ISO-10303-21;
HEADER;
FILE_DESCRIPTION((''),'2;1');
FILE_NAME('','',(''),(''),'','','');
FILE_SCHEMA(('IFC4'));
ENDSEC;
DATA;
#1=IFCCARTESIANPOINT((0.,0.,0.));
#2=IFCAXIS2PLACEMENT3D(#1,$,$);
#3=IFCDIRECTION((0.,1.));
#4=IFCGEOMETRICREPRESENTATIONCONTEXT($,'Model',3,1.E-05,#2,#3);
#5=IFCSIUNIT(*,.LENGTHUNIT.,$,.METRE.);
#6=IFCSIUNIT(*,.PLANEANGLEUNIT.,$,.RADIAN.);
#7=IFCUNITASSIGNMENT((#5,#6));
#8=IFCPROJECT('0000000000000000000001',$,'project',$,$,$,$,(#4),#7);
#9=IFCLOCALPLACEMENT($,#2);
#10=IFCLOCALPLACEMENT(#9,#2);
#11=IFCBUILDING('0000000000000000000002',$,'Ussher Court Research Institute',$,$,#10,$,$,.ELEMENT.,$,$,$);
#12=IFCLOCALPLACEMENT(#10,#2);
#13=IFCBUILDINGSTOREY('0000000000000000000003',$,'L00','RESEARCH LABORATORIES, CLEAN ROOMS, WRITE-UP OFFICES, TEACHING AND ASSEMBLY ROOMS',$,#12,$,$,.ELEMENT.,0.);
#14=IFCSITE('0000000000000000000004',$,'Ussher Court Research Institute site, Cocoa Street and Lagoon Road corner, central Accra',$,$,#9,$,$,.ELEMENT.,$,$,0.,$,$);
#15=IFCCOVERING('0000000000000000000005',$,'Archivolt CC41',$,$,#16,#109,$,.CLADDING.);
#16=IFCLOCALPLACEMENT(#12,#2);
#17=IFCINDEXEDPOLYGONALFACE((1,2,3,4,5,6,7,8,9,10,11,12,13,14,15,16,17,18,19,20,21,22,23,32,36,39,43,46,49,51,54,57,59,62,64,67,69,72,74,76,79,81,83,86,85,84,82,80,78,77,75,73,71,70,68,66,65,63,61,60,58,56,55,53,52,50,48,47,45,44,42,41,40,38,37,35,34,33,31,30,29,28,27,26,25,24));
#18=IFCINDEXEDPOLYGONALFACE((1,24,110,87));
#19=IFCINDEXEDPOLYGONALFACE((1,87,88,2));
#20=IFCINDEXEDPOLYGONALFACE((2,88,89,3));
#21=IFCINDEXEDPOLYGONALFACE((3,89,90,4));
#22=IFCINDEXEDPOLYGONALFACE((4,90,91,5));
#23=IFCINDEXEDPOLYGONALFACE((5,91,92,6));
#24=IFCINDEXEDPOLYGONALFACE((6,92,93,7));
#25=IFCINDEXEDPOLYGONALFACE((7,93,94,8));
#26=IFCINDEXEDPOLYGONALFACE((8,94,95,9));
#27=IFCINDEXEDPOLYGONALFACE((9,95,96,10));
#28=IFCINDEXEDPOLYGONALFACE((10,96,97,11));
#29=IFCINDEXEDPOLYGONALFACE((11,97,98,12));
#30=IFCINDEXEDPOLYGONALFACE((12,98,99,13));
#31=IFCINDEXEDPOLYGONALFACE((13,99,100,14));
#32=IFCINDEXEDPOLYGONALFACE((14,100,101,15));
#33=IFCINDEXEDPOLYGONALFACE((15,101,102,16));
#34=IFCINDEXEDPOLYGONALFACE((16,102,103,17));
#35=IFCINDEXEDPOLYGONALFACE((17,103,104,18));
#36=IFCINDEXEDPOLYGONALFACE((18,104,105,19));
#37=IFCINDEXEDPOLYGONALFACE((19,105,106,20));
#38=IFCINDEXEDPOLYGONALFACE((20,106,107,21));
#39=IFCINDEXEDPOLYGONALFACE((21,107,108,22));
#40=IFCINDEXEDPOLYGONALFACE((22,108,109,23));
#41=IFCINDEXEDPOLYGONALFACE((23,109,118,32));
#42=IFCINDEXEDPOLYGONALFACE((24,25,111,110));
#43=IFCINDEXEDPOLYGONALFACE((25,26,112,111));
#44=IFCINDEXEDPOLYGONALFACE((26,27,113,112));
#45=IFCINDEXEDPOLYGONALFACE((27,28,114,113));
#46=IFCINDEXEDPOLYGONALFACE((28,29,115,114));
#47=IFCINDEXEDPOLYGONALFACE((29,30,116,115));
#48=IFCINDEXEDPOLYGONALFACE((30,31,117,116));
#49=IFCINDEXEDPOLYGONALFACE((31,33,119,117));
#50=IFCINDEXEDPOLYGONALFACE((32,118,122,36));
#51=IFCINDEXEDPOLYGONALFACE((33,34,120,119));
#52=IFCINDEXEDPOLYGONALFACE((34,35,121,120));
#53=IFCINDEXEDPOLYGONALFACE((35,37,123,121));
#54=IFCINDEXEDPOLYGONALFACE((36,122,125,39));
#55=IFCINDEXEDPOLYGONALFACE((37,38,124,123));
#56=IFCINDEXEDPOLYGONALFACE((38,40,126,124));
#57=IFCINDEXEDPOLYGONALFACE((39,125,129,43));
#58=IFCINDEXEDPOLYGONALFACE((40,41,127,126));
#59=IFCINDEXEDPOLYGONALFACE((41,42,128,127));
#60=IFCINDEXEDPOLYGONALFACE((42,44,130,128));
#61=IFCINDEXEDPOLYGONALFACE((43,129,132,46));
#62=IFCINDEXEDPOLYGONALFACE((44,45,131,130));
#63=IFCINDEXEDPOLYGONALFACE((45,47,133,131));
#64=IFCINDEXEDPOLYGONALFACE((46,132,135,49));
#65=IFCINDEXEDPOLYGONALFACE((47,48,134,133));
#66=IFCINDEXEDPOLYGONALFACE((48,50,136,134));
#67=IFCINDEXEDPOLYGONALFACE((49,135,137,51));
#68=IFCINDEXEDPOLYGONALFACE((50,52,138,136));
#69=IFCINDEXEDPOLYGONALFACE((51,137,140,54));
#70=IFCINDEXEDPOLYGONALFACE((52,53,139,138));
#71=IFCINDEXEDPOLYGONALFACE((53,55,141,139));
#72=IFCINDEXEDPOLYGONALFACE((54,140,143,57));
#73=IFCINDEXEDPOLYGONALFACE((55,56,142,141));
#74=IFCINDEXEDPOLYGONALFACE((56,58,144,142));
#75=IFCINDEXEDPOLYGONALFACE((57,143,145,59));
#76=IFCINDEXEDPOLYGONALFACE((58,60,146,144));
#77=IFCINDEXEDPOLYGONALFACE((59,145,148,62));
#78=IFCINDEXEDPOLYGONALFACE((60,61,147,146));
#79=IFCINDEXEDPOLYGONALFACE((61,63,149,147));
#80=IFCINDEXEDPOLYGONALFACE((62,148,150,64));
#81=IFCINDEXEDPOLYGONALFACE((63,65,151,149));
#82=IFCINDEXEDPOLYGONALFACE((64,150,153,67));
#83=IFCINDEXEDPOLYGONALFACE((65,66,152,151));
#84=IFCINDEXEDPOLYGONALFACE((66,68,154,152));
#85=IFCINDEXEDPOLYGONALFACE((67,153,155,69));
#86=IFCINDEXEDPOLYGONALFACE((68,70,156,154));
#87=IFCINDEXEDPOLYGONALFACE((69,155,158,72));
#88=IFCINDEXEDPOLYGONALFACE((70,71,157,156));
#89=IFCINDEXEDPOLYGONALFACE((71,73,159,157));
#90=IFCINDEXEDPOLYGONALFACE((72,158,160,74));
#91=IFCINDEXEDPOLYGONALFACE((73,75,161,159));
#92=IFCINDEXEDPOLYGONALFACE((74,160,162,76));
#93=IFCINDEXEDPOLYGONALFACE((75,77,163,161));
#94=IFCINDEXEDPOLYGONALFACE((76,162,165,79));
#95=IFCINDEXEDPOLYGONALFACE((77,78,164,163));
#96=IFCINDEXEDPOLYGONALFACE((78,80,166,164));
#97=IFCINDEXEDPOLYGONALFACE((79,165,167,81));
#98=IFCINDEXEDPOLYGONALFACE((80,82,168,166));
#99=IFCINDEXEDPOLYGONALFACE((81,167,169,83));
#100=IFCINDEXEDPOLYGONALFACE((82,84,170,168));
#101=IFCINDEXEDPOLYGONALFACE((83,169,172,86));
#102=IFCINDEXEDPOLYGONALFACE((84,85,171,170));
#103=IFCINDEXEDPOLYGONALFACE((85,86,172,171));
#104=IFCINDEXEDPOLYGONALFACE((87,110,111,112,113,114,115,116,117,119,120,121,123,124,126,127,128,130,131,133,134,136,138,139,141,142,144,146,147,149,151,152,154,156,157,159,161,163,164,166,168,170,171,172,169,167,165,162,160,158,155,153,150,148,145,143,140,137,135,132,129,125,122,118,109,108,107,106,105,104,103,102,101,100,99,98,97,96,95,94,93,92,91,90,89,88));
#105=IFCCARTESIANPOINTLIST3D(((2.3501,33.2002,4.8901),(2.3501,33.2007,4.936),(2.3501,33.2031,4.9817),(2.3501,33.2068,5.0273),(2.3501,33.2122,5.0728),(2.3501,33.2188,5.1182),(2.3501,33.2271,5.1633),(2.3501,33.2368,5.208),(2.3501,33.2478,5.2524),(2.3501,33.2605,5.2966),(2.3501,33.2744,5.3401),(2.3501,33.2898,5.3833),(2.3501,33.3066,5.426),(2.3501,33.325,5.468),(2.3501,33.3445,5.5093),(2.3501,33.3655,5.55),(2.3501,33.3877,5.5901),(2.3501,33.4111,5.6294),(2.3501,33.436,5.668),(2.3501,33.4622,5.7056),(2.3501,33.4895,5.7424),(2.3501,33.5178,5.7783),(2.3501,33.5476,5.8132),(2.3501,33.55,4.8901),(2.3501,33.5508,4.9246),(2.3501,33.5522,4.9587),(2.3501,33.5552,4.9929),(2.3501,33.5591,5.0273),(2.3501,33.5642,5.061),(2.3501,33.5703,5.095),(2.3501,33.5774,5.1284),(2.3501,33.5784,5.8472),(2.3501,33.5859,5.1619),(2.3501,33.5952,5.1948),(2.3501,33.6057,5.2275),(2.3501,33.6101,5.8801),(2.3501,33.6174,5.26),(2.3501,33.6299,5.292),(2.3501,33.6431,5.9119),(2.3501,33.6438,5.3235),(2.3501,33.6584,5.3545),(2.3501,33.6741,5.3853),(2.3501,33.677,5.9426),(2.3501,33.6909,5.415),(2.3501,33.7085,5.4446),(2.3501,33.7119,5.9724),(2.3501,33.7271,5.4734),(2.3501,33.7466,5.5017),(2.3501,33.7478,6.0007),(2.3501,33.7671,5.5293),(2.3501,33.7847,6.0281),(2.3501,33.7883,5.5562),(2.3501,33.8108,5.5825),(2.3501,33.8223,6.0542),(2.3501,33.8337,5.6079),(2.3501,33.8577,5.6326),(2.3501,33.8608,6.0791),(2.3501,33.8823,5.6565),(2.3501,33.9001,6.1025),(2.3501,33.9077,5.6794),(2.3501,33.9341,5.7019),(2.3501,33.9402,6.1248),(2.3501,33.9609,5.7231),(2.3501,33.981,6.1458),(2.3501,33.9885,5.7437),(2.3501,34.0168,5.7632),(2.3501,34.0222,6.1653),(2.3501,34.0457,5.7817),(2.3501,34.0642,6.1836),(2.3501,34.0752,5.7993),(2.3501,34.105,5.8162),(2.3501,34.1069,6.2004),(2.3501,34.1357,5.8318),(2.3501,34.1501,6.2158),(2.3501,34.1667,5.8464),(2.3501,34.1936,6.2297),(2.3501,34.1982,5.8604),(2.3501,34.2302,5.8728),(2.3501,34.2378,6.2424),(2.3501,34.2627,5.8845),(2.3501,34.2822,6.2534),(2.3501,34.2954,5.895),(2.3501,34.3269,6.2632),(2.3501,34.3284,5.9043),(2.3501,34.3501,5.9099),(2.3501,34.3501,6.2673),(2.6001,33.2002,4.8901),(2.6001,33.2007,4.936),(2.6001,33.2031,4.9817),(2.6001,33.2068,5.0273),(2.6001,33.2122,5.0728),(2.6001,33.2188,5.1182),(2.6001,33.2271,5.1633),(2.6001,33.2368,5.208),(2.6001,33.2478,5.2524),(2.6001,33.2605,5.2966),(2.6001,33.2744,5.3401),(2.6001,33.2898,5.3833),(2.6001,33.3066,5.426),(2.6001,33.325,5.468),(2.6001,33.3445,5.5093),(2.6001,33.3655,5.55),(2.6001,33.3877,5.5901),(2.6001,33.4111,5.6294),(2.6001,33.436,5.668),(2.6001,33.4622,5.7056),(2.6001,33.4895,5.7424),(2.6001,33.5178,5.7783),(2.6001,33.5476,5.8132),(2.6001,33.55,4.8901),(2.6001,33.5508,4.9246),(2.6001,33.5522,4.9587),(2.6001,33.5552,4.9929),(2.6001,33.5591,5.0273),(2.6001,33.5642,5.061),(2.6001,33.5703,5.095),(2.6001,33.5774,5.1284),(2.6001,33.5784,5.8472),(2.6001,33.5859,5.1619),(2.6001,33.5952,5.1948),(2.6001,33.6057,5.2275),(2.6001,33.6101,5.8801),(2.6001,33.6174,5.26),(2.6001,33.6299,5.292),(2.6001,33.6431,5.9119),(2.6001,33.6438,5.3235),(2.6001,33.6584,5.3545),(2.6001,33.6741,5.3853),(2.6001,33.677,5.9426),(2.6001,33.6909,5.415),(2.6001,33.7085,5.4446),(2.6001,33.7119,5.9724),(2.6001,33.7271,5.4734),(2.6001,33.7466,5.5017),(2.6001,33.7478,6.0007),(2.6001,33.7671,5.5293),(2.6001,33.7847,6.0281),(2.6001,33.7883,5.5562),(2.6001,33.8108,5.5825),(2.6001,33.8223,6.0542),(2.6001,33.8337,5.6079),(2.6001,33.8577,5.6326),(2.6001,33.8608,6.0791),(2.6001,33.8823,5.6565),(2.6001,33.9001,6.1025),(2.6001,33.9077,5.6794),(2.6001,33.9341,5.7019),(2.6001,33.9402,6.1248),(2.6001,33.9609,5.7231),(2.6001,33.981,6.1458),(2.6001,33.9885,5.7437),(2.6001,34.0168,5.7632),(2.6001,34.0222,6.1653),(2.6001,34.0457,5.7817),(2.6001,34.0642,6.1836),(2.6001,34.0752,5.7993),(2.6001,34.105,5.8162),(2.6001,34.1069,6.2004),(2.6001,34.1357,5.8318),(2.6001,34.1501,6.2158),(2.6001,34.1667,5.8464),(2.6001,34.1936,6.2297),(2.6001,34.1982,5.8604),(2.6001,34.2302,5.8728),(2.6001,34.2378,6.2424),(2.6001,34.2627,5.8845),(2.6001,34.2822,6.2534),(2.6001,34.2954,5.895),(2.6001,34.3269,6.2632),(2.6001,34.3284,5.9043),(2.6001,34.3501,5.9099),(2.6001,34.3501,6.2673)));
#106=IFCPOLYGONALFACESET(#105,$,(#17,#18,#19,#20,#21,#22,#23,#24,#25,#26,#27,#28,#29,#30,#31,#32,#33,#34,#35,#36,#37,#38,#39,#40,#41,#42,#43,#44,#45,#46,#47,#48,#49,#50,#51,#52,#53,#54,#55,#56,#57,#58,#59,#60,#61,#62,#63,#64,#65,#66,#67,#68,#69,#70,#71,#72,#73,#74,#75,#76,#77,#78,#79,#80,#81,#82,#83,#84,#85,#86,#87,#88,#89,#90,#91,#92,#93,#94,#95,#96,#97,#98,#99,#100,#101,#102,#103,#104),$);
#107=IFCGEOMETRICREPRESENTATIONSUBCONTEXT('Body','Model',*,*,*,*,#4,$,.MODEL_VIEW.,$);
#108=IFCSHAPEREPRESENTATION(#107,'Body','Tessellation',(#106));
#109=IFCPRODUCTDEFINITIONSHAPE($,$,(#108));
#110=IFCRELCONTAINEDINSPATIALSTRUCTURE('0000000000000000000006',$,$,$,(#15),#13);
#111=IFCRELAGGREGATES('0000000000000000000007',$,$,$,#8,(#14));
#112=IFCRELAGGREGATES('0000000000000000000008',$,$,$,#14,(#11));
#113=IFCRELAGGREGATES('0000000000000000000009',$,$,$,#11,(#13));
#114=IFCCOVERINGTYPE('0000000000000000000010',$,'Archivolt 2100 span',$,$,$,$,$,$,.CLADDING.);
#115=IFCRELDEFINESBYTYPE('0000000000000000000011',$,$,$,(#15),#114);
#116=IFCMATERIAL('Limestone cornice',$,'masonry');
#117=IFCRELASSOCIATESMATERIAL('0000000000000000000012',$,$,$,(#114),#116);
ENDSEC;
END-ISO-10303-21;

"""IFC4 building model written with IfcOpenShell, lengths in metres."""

from ifc_helpers import new_model, si_unit, direction, frame, origin, place, context, subcontext, project, spatial, polyline, outline, extrude, material, type_object, element, save


model = new_model("IFC4")

# Units and contexts
model_context = context("Model", 3, precision=1e-05, world=origin(), true_north=direction((0.0, 1.0)))
body_context = subcontext(model_context, "Body", "Model", "MODEL_VIEW")
ifc_project = project(units=[si_unit("LENGTHUNIT", "METRE"), si_unit("PLANEANGLEUNIT", "RADIAN")], contexts=[model_context])

# Site, building, storey
site_placement = place(None, origin())
site = spatial("IfcSite", under=ifc_project, at=site_placement, Name="Ussher Court Research Institute site, Cocoa Street and Lagoon Road corner, central Accra", CompositionType="ELEMENT", RefElevation=0.0)
building_placement = place(site_placement, origin())
building = spatial("IfcBuilding", under=site, at=building_placement, Name="Ussher Court Research Institute", CompositionType="ELEMENT")
storey_placement = place(building_placement, origin())
storey = spatial("IfcBuildingStorey", under=building, at=storey_placement, Name="L00", Description="RESEARCH LABORATORIES, CLEAN ROOMS, WRITE-UP OFFICES, TEACHING AND ASSEMBLY ROOMS", CompositionType="ELEMENT", Elevation=0.0)

# Covering
ifc_material_1 = material(Name="Limestone cornice", Category="masonry")
covering_type_1 = type_object("IfcCoveringType", Name="Archivolt 2100 span", PredefinedType="CLADDING", material=ifc_material_1)
covering_1_placement = place(storey_placement, frame((2.3501, 34.6001, 4.8901), z_axis=(1.0, 0.0, 0.0), x_axis=(0.0, 1.0, 0.0)))
element("IfcCovering", 1, at=covering_1_placement, inside=storey, type_object=covering_type_1, Name="Archivolt CC41", PredefinedType="CLADDING", context=body_context, shape_type="SweptSolid", body=[
    extrude(outline(polyline([(-0.2732, 1.373), (-0.3179, 1.3633), (-0.3623, 1.3523), (-0.4065, 1.3396), (-0.45, 1.3257), (-0.4932, 1.3103), (-0.5359, 1.2935), (-0.5779, 1.2751), (-0.6191, 1.2556), (-0.6599, 1.2346), (-0.7, 1.2124), (-0.7393, 1.189), (-0.7778, 1.1641), (-0.8154, 1.1379), (-0.8523, 1.1106), (-0.8882, 1.0823), (-0.9231, 1.0525), (-0.957, 1.0217), (-0.99, 0.99), (-1.0217, 0.957), (-1.0525, 0.9231), (-1.0823, 0.8882), (-1.1106, 0.8523), (-1.1379, 0.8154), (-1.1641, 0.7778), (-1.189, 0.7393), (-1.2124, 0.7), (-1.2346, 0.6599), (-1.2556, 0.6191), (-1.2751, 0.5779), (-1.2935, 0.5359), (-1.3103, 0.4932), (-1.3257, 0.45), (-1.3396, 0.4065), (-1.3523, 0.3623), (-1.3633, 0.3179), (-1.373, 0.2732), (-1.3813, 0.228), (-1.3879, 0.1826), (-1.3933, 0.1372), (-1.397, 0.0916), (-1.3994, 0.0459), (-1.3999, 0.0), (-1.05, 0.0), (-1.0493, 0.0344), (-1.0479, 0.0686), (-1.0449, 0.1028), (-1.041, 0.1372), (-1.0359, 0.1709), (-1.0298, 0.2048), (-1.0227, 0.2383), (-1.0142, 0.2717), (-1.0049, 0.3047), (-0.9944, 0.3374), (-0.9827, 0.3699), (-0.9702, 0.4019), (-0.9563, 0.4333), (-0.9417, 0.4644), (-0.926, 0.4951), (-0.9092, 0.5249), (-0.8916, 0.5544), (-0.873, 0.5833), (-0.8535, 0.6116), (-0.833, 0.6392), (-0.8118, 0.666), (-0.7893, 0.6924), (-0.7664, 0.7178), (-0.7424, 0.7424), (-0.7178, 0.7664), (-0.6924, 0.7893), (-0.666, 0.8118), (-0.6392, 0.833), (-0.6116, 0.8535), (-0.5833, 0.873), (-0.5544, 0.8916), (-0.5249, 0.9092), (-0.4951, 0.926), (-0.4644, 0.9417), (-0.4333, 0.9563), (-0.4019, 0.9702), (-0.3699, 0.9827), (-0.3374, 0.9944), (-0.3047, 1.0049), (-0.2717, 1.0142), (-0.25, 1.0198), (-0.25, 1.3772), (-0.2732, 1.373)])), origin(), (0.0, 0.0, 1.0), 0.25),
])

save(model, "model.ifc")
